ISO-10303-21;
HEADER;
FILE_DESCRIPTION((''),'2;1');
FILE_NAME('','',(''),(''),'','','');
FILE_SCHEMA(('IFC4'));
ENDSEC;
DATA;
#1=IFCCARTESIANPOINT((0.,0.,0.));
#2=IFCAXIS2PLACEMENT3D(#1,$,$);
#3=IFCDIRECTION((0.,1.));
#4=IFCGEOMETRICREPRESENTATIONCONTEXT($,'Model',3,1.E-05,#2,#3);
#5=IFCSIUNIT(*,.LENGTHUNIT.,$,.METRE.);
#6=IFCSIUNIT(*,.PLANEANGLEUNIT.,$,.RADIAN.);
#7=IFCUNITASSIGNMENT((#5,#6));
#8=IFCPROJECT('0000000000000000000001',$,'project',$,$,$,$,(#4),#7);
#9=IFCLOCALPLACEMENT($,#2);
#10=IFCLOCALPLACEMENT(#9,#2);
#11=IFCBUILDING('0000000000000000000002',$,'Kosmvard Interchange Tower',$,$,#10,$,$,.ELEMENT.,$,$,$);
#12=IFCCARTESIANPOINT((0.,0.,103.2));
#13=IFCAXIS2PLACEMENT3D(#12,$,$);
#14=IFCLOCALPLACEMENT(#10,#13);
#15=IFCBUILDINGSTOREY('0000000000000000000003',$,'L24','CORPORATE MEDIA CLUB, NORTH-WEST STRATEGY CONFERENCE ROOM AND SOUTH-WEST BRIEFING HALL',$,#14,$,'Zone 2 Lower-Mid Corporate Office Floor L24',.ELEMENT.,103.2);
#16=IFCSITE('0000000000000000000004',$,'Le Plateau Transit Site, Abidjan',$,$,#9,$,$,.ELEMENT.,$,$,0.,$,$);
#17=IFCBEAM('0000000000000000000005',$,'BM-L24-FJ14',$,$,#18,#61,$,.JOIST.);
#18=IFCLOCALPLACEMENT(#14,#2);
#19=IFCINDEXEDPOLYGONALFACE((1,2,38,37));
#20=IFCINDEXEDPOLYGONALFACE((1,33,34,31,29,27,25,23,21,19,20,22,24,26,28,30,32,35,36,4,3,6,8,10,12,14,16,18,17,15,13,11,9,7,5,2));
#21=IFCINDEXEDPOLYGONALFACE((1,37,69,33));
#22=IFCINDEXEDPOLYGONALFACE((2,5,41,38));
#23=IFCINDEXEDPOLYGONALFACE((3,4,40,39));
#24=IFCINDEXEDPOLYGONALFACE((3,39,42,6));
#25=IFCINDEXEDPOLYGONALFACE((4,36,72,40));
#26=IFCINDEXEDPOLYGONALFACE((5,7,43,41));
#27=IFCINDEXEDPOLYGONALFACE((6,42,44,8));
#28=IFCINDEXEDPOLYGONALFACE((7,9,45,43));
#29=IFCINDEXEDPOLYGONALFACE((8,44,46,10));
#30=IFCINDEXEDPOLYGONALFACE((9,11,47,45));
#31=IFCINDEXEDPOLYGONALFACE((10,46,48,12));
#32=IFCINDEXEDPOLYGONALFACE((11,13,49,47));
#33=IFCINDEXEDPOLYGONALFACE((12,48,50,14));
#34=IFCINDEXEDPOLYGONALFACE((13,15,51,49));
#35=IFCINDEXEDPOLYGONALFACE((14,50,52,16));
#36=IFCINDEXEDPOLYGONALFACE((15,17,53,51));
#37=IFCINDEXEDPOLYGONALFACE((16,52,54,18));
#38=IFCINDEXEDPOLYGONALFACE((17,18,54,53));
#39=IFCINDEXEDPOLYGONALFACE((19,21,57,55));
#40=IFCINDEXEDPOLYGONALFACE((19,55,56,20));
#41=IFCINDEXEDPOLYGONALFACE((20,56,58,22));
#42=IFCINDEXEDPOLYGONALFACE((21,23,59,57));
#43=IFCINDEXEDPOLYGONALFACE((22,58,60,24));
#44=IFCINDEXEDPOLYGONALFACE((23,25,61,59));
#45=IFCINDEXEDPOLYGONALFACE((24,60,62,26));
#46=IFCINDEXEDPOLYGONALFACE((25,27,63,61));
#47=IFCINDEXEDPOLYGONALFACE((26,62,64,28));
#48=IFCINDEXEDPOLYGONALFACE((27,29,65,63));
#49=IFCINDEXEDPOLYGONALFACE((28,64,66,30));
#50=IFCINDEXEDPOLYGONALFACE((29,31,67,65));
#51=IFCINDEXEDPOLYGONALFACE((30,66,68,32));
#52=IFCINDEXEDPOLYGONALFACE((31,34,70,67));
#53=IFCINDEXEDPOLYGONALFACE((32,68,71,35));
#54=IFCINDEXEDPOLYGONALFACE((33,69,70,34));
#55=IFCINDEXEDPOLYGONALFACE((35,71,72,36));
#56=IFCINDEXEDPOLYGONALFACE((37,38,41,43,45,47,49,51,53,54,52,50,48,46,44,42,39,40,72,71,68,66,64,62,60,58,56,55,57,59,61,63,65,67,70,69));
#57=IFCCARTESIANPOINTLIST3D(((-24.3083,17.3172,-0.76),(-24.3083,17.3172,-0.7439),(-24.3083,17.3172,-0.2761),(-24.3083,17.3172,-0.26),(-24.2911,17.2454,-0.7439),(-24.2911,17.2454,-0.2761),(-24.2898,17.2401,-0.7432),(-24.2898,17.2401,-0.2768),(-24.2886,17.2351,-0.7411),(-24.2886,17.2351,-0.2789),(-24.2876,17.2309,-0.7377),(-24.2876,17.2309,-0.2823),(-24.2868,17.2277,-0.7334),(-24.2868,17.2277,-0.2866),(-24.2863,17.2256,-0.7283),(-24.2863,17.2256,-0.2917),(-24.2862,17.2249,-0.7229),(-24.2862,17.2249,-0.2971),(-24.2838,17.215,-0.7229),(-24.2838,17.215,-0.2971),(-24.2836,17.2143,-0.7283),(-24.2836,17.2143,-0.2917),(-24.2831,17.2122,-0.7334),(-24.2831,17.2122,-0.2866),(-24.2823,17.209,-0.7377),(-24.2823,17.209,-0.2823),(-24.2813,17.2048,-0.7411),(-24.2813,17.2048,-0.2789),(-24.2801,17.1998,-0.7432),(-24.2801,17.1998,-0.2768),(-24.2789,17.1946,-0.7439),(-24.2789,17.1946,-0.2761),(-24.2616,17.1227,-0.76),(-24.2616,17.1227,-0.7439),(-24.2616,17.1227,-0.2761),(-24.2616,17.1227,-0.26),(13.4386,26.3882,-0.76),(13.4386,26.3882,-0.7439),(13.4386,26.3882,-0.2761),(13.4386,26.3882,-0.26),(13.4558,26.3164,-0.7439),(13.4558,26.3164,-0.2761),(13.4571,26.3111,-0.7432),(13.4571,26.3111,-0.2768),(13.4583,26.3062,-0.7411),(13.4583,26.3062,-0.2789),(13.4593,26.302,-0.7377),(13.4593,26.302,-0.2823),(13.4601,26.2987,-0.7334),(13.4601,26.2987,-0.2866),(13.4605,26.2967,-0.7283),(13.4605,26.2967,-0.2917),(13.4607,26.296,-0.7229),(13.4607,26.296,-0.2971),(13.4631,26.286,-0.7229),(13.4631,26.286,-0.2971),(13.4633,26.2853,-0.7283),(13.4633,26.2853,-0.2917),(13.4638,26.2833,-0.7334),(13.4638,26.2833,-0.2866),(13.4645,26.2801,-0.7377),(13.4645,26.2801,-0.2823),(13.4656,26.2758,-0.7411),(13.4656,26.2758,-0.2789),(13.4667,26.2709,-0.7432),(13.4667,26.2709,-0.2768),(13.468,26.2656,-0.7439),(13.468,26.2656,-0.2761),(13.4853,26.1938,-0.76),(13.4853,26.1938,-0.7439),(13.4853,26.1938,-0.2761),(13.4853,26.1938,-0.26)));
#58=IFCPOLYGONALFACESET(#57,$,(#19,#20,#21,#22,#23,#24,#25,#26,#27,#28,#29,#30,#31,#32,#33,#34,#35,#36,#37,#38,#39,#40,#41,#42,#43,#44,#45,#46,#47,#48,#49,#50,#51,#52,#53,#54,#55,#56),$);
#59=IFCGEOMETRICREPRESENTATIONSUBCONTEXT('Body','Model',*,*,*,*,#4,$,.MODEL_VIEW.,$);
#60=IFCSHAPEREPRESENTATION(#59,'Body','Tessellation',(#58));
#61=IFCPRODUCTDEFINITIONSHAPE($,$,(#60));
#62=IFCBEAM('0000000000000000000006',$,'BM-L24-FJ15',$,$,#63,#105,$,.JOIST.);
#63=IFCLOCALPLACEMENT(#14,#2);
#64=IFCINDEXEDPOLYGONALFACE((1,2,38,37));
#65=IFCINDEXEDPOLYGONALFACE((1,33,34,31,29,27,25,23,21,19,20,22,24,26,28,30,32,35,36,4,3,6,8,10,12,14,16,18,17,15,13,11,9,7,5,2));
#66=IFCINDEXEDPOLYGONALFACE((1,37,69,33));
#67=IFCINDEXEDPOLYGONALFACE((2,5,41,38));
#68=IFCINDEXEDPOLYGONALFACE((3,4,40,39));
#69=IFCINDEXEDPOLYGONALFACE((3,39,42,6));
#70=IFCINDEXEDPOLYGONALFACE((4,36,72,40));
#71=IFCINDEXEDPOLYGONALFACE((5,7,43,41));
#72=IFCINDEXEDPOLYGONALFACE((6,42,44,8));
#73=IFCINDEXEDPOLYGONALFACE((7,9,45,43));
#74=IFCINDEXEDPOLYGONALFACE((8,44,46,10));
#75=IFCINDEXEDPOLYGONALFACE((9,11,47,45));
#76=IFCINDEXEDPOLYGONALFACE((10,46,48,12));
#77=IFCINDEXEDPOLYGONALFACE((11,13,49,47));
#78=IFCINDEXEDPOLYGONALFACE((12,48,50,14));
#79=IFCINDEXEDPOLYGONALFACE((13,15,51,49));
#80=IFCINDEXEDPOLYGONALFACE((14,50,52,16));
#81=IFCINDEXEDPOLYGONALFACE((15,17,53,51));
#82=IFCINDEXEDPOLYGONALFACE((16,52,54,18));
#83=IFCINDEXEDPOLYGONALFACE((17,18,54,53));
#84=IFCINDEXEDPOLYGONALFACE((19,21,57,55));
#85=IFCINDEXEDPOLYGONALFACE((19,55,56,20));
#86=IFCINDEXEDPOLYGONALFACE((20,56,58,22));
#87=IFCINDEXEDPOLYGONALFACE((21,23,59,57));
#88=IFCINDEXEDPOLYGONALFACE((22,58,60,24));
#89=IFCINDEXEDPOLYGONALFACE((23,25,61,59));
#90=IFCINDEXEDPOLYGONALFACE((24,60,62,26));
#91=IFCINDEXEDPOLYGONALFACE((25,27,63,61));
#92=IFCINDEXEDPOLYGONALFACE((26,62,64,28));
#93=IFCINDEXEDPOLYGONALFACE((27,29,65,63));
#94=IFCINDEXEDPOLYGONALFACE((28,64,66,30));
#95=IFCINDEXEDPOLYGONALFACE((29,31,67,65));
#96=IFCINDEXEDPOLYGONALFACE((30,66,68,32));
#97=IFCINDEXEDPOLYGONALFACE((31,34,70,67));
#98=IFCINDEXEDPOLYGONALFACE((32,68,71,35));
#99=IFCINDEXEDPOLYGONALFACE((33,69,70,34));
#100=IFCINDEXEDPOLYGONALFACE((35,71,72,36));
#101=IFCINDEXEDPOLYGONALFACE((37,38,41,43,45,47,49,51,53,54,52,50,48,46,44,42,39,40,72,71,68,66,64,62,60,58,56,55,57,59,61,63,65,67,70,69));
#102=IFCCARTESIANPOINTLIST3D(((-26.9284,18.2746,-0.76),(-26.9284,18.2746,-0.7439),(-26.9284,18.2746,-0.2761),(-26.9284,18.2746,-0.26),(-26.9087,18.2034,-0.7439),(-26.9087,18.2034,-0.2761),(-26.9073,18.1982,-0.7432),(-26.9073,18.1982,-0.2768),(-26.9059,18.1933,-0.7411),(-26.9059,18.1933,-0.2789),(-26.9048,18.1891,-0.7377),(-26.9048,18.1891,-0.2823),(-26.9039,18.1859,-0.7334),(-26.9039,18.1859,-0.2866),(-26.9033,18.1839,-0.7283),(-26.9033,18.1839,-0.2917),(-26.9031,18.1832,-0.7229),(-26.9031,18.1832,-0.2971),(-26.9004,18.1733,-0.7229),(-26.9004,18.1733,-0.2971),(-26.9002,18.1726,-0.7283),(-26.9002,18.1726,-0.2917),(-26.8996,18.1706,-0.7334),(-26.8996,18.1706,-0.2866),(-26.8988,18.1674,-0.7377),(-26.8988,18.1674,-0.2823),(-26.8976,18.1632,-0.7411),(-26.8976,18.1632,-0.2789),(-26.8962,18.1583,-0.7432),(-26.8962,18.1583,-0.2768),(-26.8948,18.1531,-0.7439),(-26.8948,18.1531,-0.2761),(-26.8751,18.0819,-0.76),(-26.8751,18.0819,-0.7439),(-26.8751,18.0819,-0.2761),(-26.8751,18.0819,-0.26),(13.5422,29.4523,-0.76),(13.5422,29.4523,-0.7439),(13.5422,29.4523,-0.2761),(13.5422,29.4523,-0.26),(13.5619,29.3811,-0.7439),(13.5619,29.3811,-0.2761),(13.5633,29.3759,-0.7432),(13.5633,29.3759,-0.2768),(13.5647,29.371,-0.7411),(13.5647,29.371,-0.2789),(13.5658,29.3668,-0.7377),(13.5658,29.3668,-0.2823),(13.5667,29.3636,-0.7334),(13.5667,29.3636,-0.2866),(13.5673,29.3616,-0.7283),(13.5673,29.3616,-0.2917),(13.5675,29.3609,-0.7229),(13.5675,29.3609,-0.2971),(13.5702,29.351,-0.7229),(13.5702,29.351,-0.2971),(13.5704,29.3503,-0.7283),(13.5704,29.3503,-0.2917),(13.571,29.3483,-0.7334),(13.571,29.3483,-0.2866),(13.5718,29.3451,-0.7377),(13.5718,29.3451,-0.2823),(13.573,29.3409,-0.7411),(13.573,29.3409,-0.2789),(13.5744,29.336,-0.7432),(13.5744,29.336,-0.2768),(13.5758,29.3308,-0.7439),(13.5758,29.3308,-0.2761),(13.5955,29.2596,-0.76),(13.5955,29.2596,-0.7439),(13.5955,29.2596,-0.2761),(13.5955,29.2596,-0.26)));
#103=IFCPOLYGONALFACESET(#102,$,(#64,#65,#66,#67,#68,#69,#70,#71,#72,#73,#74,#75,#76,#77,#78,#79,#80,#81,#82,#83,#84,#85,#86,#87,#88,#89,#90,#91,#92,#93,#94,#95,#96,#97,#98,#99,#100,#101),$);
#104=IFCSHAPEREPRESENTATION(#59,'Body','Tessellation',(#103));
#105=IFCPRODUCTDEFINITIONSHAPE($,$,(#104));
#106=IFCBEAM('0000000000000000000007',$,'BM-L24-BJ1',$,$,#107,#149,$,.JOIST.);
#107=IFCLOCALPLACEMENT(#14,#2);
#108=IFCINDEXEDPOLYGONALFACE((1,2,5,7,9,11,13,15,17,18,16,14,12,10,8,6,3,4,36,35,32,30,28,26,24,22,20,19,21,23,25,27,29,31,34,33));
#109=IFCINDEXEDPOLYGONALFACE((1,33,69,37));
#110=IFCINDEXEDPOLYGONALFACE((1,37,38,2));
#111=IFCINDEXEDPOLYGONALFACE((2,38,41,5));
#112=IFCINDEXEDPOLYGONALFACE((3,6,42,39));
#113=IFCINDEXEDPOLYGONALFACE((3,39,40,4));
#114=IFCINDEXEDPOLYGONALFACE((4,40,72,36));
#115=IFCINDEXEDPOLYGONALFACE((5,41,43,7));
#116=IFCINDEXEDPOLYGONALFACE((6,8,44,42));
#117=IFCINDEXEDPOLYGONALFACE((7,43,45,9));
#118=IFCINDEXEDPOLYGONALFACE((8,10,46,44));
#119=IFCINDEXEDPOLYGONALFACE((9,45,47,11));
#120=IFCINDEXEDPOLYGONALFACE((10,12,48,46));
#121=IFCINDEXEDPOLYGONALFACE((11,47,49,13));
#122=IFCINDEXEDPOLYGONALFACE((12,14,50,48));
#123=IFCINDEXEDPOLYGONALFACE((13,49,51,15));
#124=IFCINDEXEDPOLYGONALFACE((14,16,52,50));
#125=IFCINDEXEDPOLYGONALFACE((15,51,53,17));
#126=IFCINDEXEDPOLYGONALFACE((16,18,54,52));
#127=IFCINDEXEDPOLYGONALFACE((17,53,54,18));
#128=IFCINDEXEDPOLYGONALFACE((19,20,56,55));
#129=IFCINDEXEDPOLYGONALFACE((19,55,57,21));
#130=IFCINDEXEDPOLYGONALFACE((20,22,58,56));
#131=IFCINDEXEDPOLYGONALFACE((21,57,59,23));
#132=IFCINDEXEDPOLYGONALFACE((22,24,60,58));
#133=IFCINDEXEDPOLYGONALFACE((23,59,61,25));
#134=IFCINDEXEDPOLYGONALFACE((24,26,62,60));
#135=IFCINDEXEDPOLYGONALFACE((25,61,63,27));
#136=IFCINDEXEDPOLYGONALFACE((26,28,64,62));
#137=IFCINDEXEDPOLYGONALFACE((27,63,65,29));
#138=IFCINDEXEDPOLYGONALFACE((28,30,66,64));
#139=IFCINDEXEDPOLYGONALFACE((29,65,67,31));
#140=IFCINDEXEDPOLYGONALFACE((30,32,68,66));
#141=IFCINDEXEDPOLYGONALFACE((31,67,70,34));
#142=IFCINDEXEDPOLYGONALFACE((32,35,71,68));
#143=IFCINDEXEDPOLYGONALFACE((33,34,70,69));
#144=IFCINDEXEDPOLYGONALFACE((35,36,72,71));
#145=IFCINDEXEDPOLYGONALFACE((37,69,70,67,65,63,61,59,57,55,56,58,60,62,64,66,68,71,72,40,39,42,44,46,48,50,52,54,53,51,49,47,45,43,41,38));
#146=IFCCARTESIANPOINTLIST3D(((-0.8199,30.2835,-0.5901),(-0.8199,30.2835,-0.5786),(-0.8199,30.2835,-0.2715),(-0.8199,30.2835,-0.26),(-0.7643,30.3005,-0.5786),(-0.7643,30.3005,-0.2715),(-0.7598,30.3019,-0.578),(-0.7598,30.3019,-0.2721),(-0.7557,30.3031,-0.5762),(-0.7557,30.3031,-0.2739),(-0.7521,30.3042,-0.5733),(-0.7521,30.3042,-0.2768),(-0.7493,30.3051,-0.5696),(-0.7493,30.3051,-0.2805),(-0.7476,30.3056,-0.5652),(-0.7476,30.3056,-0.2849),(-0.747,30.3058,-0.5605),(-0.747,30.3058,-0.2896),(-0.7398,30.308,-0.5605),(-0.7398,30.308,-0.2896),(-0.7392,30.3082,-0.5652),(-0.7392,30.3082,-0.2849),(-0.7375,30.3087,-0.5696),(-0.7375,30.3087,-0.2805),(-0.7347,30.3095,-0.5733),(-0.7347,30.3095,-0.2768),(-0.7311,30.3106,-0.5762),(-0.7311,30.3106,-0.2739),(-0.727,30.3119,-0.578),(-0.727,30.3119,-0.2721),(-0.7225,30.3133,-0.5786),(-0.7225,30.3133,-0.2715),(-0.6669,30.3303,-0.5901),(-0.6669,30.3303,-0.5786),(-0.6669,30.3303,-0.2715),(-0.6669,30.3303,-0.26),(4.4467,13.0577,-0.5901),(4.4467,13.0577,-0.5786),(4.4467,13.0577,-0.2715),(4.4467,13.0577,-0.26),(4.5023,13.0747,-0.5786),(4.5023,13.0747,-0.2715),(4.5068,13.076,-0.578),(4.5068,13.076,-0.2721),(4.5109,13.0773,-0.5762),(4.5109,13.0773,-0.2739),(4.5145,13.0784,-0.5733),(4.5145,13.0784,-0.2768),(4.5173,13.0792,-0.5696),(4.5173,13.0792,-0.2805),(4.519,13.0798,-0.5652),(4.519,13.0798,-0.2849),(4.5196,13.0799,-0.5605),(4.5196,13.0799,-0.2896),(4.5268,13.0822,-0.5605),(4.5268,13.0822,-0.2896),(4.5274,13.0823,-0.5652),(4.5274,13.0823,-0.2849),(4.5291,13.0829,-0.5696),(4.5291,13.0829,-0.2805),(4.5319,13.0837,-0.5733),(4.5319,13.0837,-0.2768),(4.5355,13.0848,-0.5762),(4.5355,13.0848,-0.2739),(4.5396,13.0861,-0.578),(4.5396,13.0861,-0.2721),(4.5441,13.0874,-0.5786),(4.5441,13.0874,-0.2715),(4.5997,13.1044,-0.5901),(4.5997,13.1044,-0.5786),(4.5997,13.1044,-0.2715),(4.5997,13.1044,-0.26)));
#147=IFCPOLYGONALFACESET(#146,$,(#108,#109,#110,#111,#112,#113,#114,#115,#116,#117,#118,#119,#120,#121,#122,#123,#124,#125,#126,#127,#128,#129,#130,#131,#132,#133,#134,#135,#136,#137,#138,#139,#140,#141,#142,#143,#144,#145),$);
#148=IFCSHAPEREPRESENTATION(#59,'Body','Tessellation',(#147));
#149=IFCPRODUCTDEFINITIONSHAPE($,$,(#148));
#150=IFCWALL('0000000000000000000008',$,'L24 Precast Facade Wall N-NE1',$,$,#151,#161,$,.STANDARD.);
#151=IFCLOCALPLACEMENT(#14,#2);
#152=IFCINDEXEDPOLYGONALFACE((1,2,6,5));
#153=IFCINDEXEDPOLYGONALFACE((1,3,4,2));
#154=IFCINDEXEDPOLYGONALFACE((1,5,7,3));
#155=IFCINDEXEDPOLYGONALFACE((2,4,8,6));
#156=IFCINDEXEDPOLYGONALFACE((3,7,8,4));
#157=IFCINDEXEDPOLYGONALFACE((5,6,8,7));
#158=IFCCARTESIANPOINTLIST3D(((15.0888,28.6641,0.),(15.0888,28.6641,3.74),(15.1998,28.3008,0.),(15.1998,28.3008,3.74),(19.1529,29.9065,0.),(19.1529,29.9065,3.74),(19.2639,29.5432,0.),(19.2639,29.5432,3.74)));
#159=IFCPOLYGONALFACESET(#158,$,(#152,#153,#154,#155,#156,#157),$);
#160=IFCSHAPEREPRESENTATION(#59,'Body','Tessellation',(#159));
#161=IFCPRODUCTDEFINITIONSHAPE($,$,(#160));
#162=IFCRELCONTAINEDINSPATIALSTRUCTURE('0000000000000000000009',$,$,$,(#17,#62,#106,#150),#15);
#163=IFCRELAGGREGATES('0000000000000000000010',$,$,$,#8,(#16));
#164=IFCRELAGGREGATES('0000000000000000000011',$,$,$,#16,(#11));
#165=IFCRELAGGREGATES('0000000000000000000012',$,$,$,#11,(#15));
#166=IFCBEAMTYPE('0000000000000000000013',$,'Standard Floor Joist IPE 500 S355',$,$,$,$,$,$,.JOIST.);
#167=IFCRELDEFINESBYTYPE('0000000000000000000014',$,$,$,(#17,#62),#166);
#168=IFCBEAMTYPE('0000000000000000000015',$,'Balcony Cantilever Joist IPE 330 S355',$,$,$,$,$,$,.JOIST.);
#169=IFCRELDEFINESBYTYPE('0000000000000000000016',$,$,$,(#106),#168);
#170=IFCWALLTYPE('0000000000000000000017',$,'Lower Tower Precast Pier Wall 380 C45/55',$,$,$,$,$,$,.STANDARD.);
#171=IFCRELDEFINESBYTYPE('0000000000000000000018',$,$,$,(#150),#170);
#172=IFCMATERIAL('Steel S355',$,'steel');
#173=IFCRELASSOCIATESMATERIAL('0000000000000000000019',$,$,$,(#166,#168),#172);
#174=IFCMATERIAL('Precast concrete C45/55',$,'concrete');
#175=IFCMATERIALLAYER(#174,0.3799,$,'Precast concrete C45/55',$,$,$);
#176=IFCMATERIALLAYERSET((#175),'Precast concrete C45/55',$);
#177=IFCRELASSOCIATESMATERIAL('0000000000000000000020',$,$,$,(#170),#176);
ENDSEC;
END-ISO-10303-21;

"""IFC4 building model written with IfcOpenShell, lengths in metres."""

from ifc_helpers import new_model, si_unit, direction, frame, frame_2d, origin, origin_2d, place, context, subcontext, project, spatial, rectangle, i_section, extrude, source, transform, mapped, material, layer, layer_set, material_profile, profile_set, type_object, element, save


model = new_model("IFC4")

# Units and contexts
model_context = context("Model", 3, precision=1e-05, world=origin(), true_north=direction((0.0, 1.0)))
body_context = subcontext(model_context, "Body", "Model", "MODEL_VIEW")
ifc_project = project(units=[si_unit("LENGTHUNIT", "METRE"), si_unit("PLANEANGLEUNIT", "RADIAN")], contexts=[model_context])

# Site, building, storey
site_placement = place(None, origin())
site = spatial("IfcSite", under=ifc_project, at=site_placement, Name="Le Plateau Transit Site, Abidjan", CompositionType="ELEMENT", RefElevation=0.0)
building_placement = place(site_placement, origin())
building = spatial("IfcBuilding", under=site, at=building_placement, Name="Kosmvard Interchange Tower", CompositionType="ELEMENT")
storey_placement = place(building_placement, frame((0.0, 0.0, 103.2)))
storey = spatial("IfcBuildingStorey", under=building, at=storey_placement, Name="L24", Description="CORPORATE MEDIA CLUB, NORTH-WEST STRATEGY CONFERENCE ROOM AND SOUTH-WEST BRIEFING HALL", LongName="Zone 2 Lower-Mid Corporate Office Floor L24", CompositionType="ELEMENT", Elevation=103.2)

# Beams
ifc_material_1 = material(Name="Steel S355", Category="steel")
ifc_material_2 = material(Name="Precast concrete C45/55", Category="concrete")
ifc_material_profile_1 = material_profile(ifc_material_1, i_section(OverallWidth=0.2, OverallDepth=0.5, WebThickness=0.0103, FlangeThickness=0.0161, FilletRadius=0.021, at=origin_2d()), Name="IPE 500")
ifc_profile_set_1 = profile_set([ifc_material_profile_1], Name="Steel S355")
beam_type_1 = type_object("IfcBeamType", Name="Standard Floor Joist IPE 500 S355", PredefinedType="JOIST", material=ifc_profile_set_1)
shared_shape_1 = source(origin(), body_context, "Body", "SweptSolid", [
    extrude(i_section(OverallWidth=0.2, OverallDepth=0.5, WebThickness=0.0103, FlangeThickness=0.0161, FilletRadius=0.021, at=origin_2d()), origin(), (0.0, 0.0, 1.0), 38.8215),
])
beam_1_placement = place(storey_placement, frame((13.4619, 26.291, -0.51), z_axis=(-0.972318, -0.233661, 0.0), x_axis=(0.233661, -0.972318, 0.0)))
element("IfcBeam", 1, at=beam_1_placement, inside=storey, type_object=beam_type_1, Name="BM-L24-FJ14", PredefinedType="JOIST", context=body_context, shape_type="MappedRepresentation", body=[
    mapped(shared_shape_1, transform((0.0, 0.0, 0.0), scale=1.0)),
])
shared_shape_2 = source(origin(), body_context, "Body", "SweptSolid", [
    extrude(i_section(OverallWidth=0.2, OverallDepth=0.5, WebThickness=0.0103, FlangeThickness=0.0161, FilletRadius=0.021, at=origin_2d()), origin(), (0.0, 0.0, 1.0), 41.9858),
])
beam_2_placement = place(storey_placement, frame((13.5688, 29.356, -0.51), z_axis=(-0.963911, -0.266226, 0.0), x_axis=(0.266226, -0.963911, 0.0)))
element("IfcBeam", 2, at=beam_2_placement, inside=storey, type_object=beam_type_1, Name="BM-L24-FJ15", PredefinedType="JOIST", context=body_context, shape_type="MappedRepresentation", body=[
    mapped(shared_shape_2, transform((0.0, 0.0, 0.0), scale=1.0)),
])
ifc_material_profile_2 = material_profile(ifc_material_1, i_section(OverallWidth=0.1599, OverallDepth=0.3301, WebThickness=0.0076, FlangeThickness=0.0115, FilletRadius=0.0181, at=origin_2d()), Name="IPE 330")
ifc_profile_set_2 = profile_set([ifc_material_profile_2], Name="Steel S355")
beam_type_2 = type_object("IfcBeamType", Name="Balcony Cantilever Joist IPE 330 S355", PredefinedType="JOIST", material=ifc_profile_set_2)
shared_shape_3 = source(origin(), body_context, "Body", "SweptSolid", [
    extrude(i_section(OverallWidth=0.1599, OverallDepth=0.3301, WebThickness=0.0076, FlangeThickness=0.0115, FilletRadius=0.0181, at=origin_2d()), origin(), (0.0, 0.0, 1.0), 18.0129),
])
beam_3_placement = place(storey_placement, frame((4.5232, 13.0811, -0.425), z_axis=(-0.292379, 0.956303, 0.0), x_axis=(-0.956303, -0.292379, 0.0)))
element("IfcBeam", 3, at=beam_3_placement, inside=storey, type_object=beam_type_2, Name="BM-L24-BJ1", PredefinedType="JOIST", context=body_context, shape_type="MappedRepresentation", body=[
    mapped(shared_shape_3, transform((0.0, 0.0, 0.0), scale=1.0)),
])

# Wall
ifc_layer_1 = layer(ifc_material_2, 0.3799, Name="Precast concrete C45/55")
ifc_layer_set_1 = layer_set([ifc_layer_1], Name="Precast concrete C45/55")
wall_type = type_object("IfcWallType", Name="Lower Tower Precast Pier Wall 380 C45/55", PredefinedType="STANDARD", material=ifc_layer_set_1)
wall_1_placement = place(storey_placement, frame((19.2085, 29.7249, 0.0), z_axis=(0.0, 0.0, 1.0), x_axis=(-0.956313, -0.292346, 0.0)))
element("IfcWall", 4, at=wall_1_placement, inside=storey, type_object=wall_type, Name="L24 Precast Facade Wall N-NE1", PredefinedType="STANDARD", context=body_context, shape_type="SweptSolid", body=[
    extrude(rectangle(XDim=4.2498, YDim=0.3799, at=frame_2d((2.125, 0.0))), origin(), (0.0, 0.0, 1.0), 3.74),
])

save(model, "model.ifc")
